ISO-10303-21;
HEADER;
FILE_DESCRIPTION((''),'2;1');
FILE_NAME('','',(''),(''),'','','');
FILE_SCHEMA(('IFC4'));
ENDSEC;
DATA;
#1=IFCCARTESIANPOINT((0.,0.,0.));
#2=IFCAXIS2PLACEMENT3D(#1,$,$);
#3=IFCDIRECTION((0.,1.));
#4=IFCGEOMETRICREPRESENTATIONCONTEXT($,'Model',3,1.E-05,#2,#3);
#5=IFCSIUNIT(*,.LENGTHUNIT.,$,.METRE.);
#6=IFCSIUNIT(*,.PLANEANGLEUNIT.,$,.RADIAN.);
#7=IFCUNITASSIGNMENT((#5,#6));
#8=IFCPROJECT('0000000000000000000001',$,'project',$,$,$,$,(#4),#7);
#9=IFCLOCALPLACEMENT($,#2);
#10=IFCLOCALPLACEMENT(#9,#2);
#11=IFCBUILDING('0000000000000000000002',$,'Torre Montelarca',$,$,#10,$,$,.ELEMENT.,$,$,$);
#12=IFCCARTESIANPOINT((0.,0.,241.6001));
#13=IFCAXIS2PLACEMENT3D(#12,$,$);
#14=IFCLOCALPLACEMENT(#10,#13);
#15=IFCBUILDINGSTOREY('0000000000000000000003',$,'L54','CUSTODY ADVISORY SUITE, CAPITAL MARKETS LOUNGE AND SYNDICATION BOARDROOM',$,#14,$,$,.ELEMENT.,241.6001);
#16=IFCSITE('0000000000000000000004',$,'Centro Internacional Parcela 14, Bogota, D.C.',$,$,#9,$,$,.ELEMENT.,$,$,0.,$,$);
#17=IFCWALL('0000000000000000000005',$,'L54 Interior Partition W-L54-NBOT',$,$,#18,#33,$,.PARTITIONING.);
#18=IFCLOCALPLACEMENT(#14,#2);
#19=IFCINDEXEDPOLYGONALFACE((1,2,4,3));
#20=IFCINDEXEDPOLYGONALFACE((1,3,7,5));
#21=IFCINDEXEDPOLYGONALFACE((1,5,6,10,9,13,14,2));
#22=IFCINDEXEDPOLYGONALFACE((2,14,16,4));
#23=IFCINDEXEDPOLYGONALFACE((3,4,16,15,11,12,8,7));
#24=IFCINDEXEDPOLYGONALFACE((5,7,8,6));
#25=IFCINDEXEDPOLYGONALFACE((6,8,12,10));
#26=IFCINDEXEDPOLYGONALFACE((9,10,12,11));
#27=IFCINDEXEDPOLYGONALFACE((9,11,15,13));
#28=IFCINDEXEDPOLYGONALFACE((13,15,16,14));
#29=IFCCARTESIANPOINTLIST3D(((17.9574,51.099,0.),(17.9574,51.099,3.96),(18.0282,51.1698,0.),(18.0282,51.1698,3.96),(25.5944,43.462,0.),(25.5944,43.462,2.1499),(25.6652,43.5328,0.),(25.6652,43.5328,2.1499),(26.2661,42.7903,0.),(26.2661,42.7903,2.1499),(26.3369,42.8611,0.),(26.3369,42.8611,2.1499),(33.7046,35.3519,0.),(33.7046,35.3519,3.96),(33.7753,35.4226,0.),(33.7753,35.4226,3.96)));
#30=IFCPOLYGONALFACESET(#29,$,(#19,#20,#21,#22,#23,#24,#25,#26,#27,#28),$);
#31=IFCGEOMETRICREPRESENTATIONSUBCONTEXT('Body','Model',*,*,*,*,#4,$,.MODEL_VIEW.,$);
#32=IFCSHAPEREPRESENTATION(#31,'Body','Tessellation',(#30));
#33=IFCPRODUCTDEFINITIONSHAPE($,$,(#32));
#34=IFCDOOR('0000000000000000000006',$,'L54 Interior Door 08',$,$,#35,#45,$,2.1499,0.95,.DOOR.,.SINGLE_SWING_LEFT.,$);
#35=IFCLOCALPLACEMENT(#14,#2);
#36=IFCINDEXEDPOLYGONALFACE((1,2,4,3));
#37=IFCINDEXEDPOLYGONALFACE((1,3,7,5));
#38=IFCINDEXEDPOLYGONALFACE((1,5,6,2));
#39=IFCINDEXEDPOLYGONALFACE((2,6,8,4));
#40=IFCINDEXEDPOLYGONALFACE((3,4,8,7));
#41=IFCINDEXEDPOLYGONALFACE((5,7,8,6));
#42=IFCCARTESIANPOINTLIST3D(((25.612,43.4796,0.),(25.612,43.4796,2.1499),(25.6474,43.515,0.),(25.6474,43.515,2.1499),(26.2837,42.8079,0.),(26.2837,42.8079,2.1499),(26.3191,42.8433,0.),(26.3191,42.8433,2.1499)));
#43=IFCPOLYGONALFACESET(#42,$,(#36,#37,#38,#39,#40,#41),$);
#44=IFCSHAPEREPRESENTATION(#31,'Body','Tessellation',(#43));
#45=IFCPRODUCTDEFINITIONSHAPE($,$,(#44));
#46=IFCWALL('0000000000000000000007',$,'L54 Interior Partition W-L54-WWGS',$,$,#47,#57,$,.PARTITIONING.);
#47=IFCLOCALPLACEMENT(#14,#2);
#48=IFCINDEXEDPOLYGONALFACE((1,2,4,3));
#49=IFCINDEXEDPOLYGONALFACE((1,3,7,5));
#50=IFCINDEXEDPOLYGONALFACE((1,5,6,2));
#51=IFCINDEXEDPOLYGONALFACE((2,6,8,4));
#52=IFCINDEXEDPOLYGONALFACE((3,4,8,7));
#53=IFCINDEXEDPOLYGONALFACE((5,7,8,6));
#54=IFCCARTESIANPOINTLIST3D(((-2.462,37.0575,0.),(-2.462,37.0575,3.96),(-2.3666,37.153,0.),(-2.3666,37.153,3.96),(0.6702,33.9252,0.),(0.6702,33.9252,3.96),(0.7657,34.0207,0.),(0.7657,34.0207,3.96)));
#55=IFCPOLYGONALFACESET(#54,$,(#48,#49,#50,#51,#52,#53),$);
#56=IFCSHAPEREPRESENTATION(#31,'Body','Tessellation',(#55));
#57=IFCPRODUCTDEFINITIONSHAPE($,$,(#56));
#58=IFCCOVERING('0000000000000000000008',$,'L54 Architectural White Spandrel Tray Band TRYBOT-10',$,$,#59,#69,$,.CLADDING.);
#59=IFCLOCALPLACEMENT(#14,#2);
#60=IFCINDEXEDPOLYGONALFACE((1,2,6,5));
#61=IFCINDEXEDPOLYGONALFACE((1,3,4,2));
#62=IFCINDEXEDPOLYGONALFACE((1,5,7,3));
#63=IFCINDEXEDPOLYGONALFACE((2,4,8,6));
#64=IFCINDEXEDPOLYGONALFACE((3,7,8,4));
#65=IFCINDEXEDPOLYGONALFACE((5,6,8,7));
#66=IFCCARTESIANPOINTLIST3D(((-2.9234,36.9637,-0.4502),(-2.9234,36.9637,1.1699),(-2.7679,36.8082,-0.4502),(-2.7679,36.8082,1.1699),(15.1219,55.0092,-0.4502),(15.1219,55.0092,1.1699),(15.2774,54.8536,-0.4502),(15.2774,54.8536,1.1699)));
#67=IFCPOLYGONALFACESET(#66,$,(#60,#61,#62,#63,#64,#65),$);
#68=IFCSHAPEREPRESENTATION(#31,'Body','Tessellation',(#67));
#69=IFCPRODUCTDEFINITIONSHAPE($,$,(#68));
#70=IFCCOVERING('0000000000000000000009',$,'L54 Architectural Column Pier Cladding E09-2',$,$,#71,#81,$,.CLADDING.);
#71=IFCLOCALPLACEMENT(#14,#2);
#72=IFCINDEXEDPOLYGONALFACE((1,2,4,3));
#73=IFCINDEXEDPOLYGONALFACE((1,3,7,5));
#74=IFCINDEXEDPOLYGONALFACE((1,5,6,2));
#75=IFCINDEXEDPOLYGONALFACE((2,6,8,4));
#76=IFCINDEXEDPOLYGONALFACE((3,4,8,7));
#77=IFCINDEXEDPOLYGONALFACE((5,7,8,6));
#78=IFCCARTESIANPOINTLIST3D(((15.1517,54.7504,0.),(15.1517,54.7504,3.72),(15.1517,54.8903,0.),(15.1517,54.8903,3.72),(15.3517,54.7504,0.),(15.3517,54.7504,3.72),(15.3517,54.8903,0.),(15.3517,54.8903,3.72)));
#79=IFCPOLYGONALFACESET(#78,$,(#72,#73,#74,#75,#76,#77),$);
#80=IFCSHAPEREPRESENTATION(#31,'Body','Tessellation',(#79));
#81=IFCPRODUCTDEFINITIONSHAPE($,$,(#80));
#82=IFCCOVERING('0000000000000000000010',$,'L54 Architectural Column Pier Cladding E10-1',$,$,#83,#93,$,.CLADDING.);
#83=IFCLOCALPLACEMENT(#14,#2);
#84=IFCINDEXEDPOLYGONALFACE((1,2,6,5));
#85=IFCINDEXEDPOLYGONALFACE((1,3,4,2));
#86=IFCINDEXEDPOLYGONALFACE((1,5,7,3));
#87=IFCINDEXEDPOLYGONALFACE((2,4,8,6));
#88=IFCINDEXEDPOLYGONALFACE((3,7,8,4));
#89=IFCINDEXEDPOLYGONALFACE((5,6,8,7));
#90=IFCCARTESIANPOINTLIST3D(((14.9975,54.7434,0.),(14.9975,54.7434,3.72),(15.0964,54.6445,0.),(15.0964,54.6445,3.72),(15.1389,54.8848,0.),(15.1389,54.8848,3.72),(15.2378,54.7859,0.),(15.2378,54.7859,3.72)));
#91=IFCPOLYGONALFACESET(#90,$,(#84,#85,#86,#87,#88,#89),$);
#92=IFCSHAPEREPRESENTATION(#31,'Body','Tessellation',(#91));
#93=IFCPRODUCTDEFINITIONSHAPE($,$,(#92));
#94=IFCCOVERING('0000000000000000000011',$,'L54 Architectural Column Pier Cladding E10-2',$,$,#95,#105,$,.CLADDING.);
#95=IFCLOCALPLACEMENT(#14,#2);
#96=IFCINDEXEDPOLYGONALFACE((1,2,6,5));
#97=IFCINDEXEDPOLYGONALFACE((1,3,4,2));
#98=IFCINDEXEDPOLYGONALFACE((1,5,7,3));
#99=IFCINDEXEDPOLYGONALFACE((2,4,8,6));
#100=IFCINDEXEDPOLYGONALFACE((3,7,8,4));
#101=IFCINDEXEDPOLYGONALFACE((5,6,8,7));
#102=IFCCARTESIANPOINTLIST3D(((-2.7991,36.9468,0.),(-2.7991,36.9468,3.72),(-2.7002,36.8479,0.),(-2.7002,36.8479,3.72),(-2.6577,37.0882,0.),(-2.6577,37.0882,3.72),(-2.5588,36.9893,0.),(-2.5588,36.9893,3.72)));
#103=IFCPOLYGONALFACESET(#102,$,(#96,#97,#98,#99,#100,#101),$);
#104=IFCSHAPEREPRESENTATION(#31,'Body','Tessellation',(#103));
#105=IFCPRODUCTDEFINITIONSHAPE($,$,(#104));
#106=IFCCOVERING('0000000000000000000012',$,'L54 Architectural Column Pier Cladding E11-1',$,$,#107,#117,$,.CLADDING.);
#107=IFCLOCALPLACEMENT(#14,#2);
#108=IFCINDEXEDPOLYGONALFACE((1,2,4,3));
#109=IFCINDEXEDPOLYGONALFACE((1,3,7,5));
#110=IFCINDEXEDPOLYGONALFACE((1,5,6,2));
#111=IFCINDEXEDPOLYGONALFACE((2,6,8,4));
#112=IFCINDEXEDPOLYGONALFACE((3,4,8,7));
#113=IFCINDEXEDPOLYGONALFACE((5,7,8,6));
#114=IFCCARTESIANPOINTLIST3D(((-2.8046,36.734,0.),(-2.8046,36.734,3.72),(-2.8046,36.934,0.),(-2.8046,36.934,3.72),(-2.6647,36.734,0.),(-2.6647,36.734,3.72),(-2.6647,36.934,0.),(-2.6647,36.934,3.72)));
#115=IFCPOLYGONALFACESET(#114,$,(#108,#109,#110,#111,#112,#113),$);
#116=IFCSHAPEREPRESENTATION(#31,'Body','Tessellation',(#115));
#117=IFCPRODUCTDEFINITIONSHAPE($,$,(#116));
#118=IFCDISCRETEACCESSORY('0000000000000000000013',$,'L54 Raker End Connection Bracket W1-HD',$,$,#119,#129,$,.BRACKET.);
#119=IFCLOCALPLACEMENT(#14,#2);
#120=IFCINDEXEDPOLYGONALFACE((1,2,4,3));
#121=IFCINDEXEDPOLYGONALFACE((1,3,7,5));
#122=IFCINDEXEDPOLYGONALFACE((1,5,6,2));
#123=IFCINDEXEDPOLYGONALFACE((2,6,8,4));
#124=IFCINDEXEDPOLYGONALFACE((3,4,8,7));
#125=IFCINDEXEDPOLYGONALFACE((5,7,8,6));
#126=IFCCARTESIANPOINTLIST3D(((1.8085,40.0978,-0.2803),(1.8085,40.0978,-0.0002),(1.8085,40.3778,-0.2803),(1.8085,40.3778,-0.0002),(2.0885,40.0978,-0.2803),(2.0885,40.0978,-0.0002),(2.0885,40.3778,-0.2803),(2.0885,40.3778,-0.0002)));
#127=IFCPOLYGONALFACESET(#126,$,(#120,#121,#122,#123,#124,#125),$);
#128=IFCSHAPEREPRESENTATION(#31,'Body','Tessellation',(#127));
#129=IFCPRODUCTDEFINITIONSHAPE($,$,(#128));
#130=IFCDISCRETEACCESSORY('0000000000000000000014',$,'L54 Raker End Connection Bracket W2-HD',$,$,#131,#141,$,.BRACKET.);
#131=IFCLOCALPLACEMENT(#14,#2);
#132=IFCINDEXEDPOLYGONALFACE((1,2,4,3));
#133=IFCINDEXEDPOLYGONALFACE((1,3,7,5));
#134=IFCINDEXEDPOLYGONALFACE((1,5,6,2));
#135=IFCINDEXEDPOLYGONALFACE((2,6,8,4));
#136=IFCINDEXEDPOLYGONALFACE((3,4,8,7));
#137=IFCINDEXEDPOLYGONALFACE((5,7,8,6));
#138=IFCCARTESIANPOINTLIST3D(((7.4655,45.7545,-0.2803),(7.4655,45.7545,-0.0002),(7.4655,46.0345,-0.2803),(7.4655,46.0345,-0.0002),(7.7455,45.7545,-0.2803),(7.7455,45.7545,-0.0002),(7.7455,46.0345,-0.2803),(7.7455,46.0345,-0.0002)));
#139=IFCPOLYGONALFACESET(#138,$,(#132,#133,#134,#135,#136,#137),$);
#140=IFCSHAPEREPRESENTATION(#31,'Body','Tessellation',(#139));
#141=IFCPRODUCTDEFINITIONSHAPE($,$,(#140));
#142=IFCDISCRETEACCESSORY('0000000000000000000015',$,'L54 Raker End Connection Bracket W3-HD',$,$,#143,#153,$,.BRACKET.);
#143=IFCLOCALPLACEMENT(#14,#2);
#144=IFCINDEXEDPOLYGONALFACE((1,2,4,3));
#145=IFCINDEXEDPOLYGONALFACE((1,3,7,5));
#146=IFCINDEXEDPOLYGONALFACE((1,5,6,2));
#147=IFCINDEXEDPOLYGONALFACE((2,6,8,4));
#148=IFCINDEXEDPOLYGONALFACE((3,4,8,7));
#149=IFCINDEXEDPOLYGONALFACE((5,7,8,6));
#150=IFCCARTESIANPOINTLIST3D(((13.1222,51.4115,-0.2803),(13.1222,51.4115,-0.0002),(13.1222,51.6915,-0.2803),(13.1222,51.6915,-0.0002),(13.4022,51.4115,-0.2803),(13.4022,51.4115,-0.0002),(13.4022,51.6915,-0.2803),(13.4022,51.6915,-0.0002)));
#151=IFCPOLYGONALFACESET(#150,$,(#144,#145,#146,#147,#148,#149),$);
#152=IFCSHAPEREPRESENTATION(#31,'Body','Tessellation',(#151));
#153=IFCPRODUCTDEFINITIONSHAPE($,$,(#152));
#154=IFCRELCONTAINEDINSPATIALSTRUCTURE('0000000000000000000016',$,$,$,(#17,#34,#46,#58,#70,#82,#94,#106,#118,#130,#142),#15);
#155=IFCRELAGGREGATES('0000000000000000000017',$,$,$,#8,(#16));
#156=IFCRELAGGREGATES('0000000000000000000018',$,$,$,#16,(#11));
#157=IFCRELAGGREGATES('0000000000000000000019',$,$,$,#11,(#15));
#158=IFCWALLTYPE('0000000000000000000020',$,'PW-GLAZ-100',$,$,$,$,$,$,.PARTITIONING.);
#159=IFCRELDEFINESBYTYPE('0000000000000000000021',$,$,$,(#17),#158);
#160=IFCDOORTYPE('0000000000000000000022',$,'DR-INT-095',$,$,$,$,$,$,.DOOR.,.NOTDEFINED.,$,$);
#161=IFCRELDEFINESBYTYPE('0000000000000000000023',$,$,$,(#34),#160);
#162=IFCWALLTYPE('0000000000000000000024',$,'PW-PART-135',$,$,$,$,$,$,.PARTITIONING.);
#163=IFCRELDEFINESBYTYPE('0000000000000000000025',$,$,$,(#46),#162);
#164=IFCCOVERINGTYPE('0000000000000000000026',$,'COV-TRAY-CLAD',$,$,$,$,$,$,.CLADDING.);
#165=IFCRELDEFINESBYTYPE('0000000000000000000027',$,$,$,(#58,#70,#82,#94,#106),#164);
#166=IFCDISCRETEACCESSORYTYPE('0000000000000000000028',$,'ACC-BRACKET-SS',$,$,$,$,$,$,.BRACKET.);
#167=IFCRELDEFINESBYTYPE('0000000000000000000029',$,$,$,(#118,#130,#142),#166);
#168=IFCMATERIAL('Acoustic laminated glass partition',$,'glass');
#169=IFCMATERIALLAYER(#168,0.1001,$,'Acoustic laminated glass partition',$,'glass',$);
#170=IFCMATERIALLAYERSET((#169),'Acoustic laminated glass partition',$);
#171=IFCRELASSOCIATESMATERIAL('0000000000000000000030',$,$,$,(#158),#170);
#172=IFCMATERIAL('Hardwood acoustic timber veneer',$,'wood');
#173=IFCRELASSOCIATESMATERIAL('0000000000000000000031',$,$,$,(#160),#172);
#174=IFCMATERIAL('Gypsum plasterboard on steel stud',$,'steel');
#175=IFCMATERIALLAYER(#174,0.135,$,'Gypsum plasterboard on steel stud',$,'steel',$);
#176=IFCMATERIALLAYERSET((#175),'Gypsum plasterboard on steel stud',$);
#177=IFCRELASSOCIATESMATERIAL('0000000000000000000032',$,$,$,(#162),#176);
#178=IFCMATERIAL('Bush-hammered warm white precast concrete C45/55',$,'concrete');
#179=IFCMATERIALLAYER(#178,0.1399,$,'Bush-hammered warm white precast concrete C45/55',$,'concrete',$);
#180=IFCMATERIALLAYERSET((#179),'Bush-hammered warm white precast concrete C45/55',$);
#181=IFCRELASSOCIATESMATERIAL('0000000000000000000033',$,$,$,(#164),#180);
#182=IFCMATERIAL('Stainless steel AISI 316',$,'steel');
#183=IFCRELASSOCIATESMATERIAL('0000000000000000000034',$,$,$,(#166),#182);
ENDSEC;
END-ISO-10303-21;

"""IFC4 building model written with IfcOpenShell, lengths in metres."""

from ifc_helpers import new_model, si_unit, direction, frame, frame_2d, origin, origin_2d, place, context, subcontext, project, spatial, rectangle, extrude, source, transform, mapped, material, layer, layer_set, type_object, element, fill, save


model = new_model("IFC4")

# Units and contexts
model_context = context("Model", 3, precision=1e-05, world=origin(), true_north=direction((0.0, 1.0)))
body_context = subcontext(model_context, "Body", "Model", "MODEL_VIEW")
ifc_project = project(units=[si_unit("LENGTHUNIT", "METRE"), si_unit("PLANEANGLEUNIT", "RADIAN")], contexts=[model_context])

# Site, building, storey
site_placement = place(None, origin())
site = spatial("IfcSite", under=ifc_project, at=site_placement, Name="Centro Internacional Parcela 14, Bogota, D.C.", CompositionType="ELEMENT", RefElevation=0.0)
building_placement = place(site_placement, origin())
building = spatial("IfcBuilding", under=site, at=building_placement, Name="Torre Montelarca", CompositionType="ELEMENT")
storey_placement = place(building_placement, frame((0.0, 0.0, 241.6001)))
storey = spatial("IfcBuildingStorey", under=building, at=storey_placement, Name="L54", Description="CUSTODY ADVISORY SUITE, CAPITAL MARKETS LOUNGE AND SYNDICATION BOARDROOM", CompositionType="ELEMENT", Elevation=241.6001)

# Wall, opening, door
ifc_material_1 = material(Name="Acoustic laminated glass partition", Category="glass")
ifc_layer_1 = layer(ifc_material_1, 0.1001, Name="Acoustic laminated glass partition", Category="glass")
ifc_layer_set_1 = layer_set([ifc_layer_1], Name="Acoustic laminated glass partition")
wall_type_1 = type_object("IfcWallType", Name="PW-GLAZ-100", PredefinedType="PARTITIONING", material=ifc_layer_set_1)
wall_1_placement = place(storey_placement, frame((17.9929, 51.1343, 0.0), z_axis=(0.0, 0.0, 1.0), x_axis=(0.707107, -0.707107, 0.0)))
wall_1 = element("IfcWall", 1, at=wall_1_placement, inside=storey, type_object=wall_type_1, Name="L54 Interior Partition W-L54-NBOT", PredefinedType="PARTITIONING", context=body_context, shape_type="SweptSolid", body=[
    extrude(rectangle(XDim=22.2698, YDim=0.1001, at=frame_2d((11.1348, 0.0))), origin(), (0.0, 0.0, 1.0), 3.96),
])
opening_placement = place(wall_1_placement, frame((10.8, 0.0, 0.0)))
opening = element("IfcOpeningElement", 2, at=opening_placement, cuts=wall_1, PredefinedType="OPENING", context=body_context, shape_type="SweptSolid", body=[
    extrude(rectangle(XDim=0.95, YDim=2.1499, at=frame_2d((0.4751, 1.075))), frame((0.0, 0.0601, 0.0), z_axis=(0.0, -1.0, 0.0), x_axis=(1.0, 0.0, 0.0)), (0.0, 0.0, 1.0), 0.1201),
])
ifc_material_2 = material(Name="Hardwood acoustic timber veneer", Category="wood")
door_type = type_object("IfcDoorType", Name="DR-INT-095", OperationType="NOTDEFINED", PredefinedType="DOOR", material=ifc_material_2)
shared_shape_1 = source(origin(), body_context, "Body", "SweptSolid", [
    extrude(rectangle(XDim=0.95, YDim=2.1499, at=frame_2d((0.4751, 1.075))), frame((0.0, 0.0249, 0.0), z_axis=(0.0, -1.0, 0.0), x_axis=(1.0, 0.0, 0.0)), (0.0, 0.0, 1.0), 0.05),
])
door_placement = place(opening_placement, origin())
door = element("IfcDoor", 3, at=door_placement, inside=storey, type_object=door_type, Name="L54 Interior Door 08", OperationType="SINGLE_SWING_LEFT", OverallHeight=2.1499, OverallWidth=0.95, PredefinedType="DOOR", context=body_context, shape_type="MappedRepresentation", body=[
    mapped(shared_shape_1, transform((0.0, 0.0, 0.0), scale=1.0)),
])
fill(opening, door)

# Wall
ifc_material_3 = material(Name="Gypsum plasterboard on steel stud", Category="steel")
ifc_layer_2 = layer(ifc_material_3, 0.135, Name="Gypsum plasterboard on steel stud", Category="steel")
ifc_layer_set_2 = layer_set([ifc_layer_2], Name="Gypsum plasterboard on steel stud")
wall_type_2 = type_object("IfcWallType", Name="PW-PART-135", PredefinedType="PARTITIONING", material=ifc_layer_set_2)
wall_2_placement = place(storey_placement, frame((-2.4143, 37.1052, 0.0), z_axis=(0.0, 0.0, 1.0), x_axis=(0.707107, -0.707107, 0.0)))
element("IfcWall", 4, at=wall_2_placement, inside=storey, type_object=wall_type_2, Name="L54 Interior Partition W-L54-WWGS", PredefinedType="PARTITIONING", context=body_context, shape_type="SweptSolid", body=[
    extrude(rectangle(XDim=4.4297, YDim=0.135, at=frame_2d((2.2148, 0.0))), origin(), (0.0, 0.0, 1.0), 3.96),
])

# Coverings
ifc_material_4 = material(Name="Bush-hammered warm white precast concrete C45/55", Category="concrete")
ifc_layer_3 = layer(ifc_material_4, 0.1399, Name="Bush-hammered warm white precast concrete C45/55", Category="concrete")
ifc_layer_set_3 = layer_set([ifc_layer_3], Name="Bush-hammered warm white precast concrete C45/55")
covering_type = type_object("IfcCoveringType", Name="COV-TRAY-CLAD", PredefinedType="CLADDING", material=ifc_layer_set_3)
shared_shape_2 = source(origin(), body_context, "Body", "SweptSolid", [
    extrude(rectangle(XDim=25.52, YDim=0.22, at=origin_2d()), origin(), (0.0, 0.0, 1.0), 1.6201),
])
covering_placement = place(storey_placement, frame((6.177, 45.9087, -0.4502), z_axis=(0.0, 0.0, 1.0), x_axis=(-0.707104, -0.707109, 0.0)))
element("IfcCovering", 5, at=covering_placement, inside=storey, type_object=covering_type, Name="L54 Architectural White Spandrel Tray Band TRYBOT-10", PredefinedType="CLADDING", context=body_context, shape_type="MappedRepresentation", body=[
    mapped(shared_shape_2, transform((0.0, 0.0, 0.0), scale=1.0)),
])
shared_shape_3 = source(origin(), body_context, "Body", "SweptSolid", [
    extrude(rectangle(XDim=0.2, YDim=0.1399, at=origin_2d()), origin(), (0.0, 0.0, 1.0), 3.72),
])
for number, where, z_axis, x_axis, name in (
    (6, (15.2517, 54.8203, 0.0), (0.0, 0.0, 1.0), (-1.0, 0.0, 0.0), "L54 Architectural Column Pier Cladding E09-2"),
    (7, (15.1177, 54.7646, 0.0), (0.0, 0.0, 1.0), (-0.707104, -0.707109, 0.0), "L54 Architectural Column Pier Cladding E10-1"),
    (8, (-2.679, 36.968, 0.0), (0.0, 0.0, 1.0), (-0.707104, -0.707109, 0.0), "L54 Architectural Column Pier Cladding E10-2"),
    (9, (-2.7346, 36.834, 0.0), (0.0, 0.0, 1.0), (0.0, -1.0, 0.0), "L54 Architectural Column Pier Cladding E11-1"),
):
    element("IfcCovering", number, at=place(storey_placement, frame(where, z_axis=z_axis, x_axis=x_axis)), inside=storey, type_object=covering_type, Name=name, PredefinedType="CLADDING", context=body_context, shape_type="MappedRepresentation", body=[
        mapped(shared_shape_3, transform((0.0, 0.0, 0.0), scale=1.0)),
    ])

# Discrete accessories
ifc_material_5 = material(Name="Stainless steel AISI 316", Category="steel")
discrete_accessory_type = type_object("IfcDiscreteAccessoryType", Name="ACC-BRACKET-SS", PredefinedType="BRACKET", material=ifc_material_5)
shared_shape_4 = source(origin(), body_context, "Body", "SweptSolid", [
    extrude(rectangle(XDim=0.28, YDim=0.28, at=origin_2d()), origin(), (0.0, 0.0, 1.0), 0.28),
])
for number, where, z_axis, x_axis, name in (
    (10, (1.9485, 40.2378, -0.2803), (0.0, 0.0, 1.0), (1.0, 0.0, 0.0), "L54 Raker End Connection Bracket W1-HD"),
    (11, (7.6055, 45.8945, -0.2803), (0.0, 0.0, 1.0), (1.0, 0.0, 0.0), "L54 Raker End Connection Bracket W2-HD"),
    (12, (13.2622, 51.5515, -0.2803), (0.0, 0.0, 1.0), (1.0, 0.0, 0.0), "L54 Raker End Connection Bracket W3-HD"),
):
    element("IfcDiscreteAccessory", number, at=place(storey_placement, frame(where, z_axis=z_axis, x_axis=x_axis)), inside=storey, type_object=discrete_accessory_type, Name=name, PredefinedType="BRACKET", context=body_context, shape_type="MappedRepresentation", body=[
        mapped(shared_shape_4, transform((0.0, 0.0, 0.0), scale=1.0)),
    ])

save(model, "model.ifc")
